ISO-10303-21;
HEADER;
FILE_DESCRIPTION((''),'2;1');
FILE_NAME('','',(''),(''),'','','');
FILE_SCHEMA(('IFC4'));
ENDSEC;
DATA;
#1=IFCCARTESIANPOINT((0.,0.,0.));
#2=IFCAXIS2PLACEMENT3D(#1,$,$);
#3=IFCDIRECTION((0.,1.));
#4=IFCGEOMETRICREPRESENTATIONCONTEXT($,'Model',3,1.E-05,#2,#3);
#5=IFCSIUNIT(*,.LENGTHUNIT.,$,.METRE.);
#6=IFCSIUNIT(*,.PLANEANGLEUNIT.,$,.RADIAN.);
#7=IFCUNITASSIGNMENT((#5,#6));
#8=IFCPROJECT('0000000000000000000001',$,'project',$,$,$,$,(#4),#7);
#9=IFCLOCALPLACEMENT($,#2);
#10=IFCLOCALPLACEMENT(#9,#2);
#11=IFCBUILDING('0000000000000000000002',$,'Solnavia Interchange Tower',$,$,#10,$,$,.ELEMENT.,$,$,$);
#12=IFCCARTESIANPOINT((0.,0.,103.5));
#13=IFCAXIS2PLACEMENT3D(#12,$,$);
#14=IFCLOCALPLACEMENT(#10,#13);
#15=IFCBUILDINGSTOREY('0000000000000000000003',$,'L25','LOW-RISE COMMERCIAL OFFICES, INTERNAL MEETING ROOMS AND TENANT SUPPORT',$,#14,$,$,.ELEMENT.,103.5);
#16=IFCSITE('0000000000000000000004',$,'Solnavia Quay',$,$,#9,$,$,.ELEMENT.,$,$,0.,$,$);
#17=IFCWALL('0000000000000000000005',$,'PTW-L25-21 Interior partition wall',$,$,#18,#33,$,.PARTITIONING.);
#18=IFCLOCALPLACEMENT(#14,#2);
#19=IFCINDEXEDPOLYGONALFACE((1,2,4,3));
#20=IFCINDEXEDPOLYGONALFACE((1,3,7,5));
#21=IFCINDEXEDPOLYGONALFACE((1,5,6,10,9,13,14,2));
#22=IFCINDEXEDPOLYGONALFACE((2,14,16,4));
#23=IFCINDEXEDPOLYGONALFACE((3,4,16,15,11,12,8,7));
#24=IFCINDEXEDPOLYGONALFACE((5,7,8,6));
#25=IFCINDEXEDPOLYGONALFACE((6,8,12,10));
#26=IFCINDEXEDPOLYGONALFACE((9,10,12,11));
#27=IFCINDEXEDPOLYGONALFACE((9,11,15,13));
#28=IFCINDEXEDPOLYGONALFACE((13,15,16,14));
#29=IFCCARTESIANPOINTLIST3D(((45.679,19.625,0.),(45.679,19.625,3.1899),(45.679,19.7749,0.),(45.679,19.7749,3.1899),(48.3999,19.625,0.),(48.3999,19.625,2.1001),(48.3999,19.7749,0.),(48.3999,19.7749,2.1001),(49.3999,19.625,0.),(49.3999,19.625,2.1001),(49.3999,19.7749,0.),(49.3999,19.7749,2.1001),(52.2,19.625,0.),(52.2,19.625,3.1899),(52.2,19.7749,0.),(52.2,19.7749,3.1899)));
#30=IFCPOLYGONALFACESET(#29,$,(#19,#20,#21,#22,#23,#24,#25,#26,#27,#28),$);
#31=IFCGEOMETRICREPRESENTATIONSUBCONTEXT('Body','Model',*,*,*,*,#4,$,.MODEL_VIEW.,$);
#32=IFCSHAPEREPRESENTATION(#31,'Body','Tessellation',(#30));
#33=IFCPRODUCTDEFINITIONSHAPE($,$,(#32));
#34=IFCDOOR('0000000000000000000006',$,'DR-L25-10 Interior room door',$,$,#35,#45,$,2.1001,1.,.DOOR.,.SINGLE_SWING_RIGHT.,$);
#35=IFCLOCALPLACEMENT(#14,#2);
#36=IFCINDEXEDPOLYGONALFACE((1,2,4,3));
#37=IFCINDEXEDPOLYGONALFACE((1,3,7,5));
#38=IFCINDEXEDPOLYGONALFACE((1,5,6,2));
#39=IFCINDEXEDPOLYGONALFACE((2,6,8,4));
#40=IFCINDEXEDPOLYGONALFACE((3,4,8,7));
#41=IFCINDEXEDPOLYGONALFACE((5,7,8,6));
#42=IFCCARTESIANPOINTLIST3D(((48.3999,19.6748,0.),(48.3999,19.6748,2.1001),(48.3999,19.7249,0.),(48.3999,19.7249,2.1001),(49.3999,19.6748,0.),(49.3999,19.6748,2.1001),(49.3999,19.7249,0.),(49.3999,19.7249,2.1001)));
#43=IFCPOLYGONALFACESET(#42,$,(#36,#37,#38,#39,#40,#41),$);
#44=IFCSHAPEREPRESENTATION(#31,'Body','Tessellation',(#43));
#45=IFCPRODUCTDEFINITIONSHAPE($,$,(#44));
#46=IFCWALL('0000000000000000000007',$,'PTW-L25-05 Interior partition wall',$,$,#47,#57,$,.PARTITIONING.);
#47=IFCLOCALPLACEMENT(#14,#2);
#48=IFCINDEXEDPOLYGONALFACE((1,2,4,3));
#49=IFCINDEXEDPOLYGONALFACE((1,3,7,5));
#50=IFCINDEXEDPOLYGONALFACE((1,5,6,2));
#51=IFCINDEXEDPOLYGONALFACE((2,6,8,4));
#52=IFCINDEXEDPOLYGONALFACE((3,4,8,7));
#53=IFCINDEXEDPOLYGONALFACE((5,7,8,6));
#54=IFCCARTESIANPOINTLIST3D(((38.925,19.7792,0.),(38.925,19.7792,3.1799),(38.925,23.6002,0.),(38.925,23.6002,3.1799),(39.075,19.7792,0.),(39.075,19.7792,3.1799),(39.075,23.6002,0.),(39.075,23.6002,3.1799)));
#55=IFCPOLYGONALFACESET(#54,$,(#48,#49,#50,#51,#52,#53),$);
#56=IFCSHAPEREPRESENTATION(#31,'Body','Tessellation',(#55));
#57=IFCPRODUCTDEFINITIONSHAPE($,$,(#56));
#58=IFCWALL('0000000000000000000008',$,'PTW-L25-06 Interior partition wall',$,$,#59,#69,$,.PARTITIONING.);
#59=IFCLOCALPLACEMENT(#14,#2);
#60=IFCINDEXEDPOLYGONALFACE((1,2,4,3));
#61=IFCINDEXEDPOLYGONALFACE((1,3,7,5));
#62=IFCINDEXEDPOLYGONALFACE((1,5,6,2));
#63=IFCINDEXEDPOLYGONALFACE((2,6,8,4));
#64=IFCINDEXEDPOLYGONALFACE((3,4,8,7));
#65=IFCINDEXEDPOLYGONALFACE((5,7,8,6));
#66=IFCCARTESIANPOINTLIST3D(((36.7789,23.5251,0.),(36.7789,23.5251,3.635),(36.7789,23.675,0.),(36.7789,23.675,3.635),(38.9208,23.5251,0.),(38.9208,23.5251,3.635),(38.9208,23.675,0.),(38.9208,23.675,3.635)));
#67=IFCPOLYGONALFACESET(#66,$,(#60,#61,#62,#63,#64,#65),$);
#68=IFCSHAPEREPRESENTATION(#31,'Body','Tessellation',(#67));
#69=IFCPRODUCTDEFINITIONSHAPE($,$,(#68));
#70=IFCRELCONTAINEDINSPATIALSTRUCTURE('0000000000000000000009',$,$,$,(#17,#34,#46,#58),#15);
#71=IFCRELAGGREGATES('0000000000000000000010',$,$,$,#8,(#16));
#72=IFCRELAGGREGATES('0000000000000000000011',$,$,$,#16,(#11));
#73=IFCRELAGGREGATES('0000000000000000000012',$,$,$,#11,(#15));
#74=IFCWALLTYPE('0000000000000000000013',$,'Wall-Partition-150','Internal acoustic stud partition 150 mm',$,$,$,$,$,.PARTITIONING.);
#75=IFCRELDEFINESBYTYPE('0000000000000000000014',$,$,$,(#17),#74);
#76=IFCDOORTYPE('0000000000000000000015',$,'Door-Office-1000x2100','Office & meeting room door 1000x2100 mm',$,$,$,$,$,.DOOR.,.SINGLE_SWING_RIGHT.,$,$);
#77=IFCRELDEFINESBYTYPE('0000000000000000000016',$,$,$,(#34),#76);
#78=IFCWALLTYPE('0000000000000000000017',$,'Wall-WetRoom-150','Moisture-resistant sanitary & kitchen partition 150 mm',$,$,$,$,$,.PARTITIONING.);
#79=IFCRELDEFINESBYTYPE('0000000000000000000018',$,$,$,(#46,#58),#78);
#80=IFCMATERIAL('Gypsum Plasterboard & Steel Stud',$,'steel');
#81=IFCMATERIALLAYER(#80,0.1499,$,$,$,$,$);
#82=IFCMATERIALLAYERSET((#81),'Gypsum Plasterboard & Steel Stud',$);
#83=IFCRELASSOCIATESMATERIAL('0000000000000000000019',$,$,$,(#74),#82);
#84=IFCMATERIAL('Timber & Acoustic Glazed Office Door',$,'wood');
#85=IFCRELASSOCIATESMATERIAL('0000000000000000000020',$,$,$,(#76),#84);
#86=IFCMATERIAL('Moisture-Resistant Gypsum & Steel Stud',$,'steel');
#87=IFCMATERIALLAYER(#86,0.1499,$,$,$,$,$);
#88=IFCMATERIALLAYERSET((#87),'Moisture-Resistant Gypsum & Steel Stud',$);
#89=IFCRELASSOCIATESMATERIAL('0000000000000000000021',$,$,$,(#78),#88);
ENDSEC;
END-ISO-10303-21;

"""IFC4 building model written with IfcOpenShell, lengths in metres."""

from ifc_helpers import new_model, si_unit, direction, frame, frame_2d, origin, place, context, subcontext, project, spatial, rectangle, extrude, material, layer, layer_set, type_object, element, fill, save


model = new_model("IFC4")

# Units and contexts
model_context = context("Model", 3, precision=1e-05, world=origin(), true_north=direction((0.0, 1.0)))
body_context = subcontext(model_context, "Body", "Model", "MODEL_VIEW")
ifc_project = project(units=[si_unit("LENGTHUNIT", "METRE"), si_unit("PLANEANGLEUNIT", "RADIAN")], contexts=[model_context])

# Site, building, storey
site_placement = place(None, origin())
site = spatial("IfcSite", under=ifc_project, at=site_placement, Name="Solnavia Quay", CompositionType="ELEMENT", RefElevation=0.0)
building_placement = place(site_placement, origin())
building = spatial("IfcBuilding", under=site, at=building_placement, Name="Solnavia Interchange Tower", CompositionType="ELEMENT")
storey_placement = place(building_placement, frame((0.0, 0.0, 103.5)))
storey = spatial("IfcBuildingStorey", under=building, at=storey_placement, Name="L25", Description="LOW-RISE COMMERCIAL OFFICES, INTERNAL MEETING ROOMS AND TENANT SUPPORT", CompositionType="ELEMENT", Elevation=103.5)

# Shared definitions
ifc_material_1 = material(Name="Gypsum Plasterboard & Steel Stud", Category="steel")
ifc_layer_1 = layer(ifc_material_1, 0.1499)
ifc_layer_set_1 = layer_set([ifc_layer_1], Name="Gypsum Plasterboard & Steel Stud")
wall_type_1 = type_object("IfcWallType", Name="Wall-Partition-150", Description="Internal acoustic stud partition 150 mm", PredefinedType="PARTITIONING", material=ifc_layer_set_1)
ifc_material_2 = material(Name="Timber & Acoustic Glazed Office Door", Category="wood")
door_type = type_object("IfcDoorType", Name="Door-Office-1000x2100", Description="Office & meeting room door 1000x2100 mm", OperationType="SINGLE_SWING_RIGHT", PredefinedType="DOOR", material=ifc_material_2)

# Wall, opening, door
wall_1_placement = place(storey_placement, frame((45.679, 19.7, 0.0), z_axis=(0.0, 0.0, 1.0), x_axis=(1.0, 0.0, 0.0)))
wall_1 = element("IfcWall", 1, at=wall_1_placement, inside=storey, type_object=wall_type_1, Name="PTW-L25-21 Interior partition wall", PredefinedType="PARTITIONING", context=body_context, shape_type="SweptSolid", body=[
    extrude(rectangle(XDim=6.521, YDim=0.1499, at=frame_2d((3.2605, 0.0))), origin(), (0.0, 0.0, 1.0), 3.1899),
])
opening_1_placement = place(wall_1_placement, frame((2.7209, 0.0, 0.0)))
opening_1 = element("IfcOpeningElement", 2, at=opening_1_placement, cuts=wall_1, PredefinedType="OPENING", context=body_context, shape_type="SweptSolid", body=[
    extrude(rectangle(XDim=1.0, YDim=2.1001, at=frame_2d((0.5, 1.05))), frame((0.0, 0.085, 0.0), z_axis=(0.0, -1.0, 0.0), x_axis=(1.0, 0.0, 0.0)), (0.0, 0.0, 1.0), 0.1699),
])
door_1_placement = place(opening_1_placement, origin())
door_1 = element("IfcDoor", 3, at=door_1_placement, inside=storey, type_object=door_type, Name="DR-L25-10 Interior room door", OperationType="SINGLE_SWING_RIGHT", OverallHeight=2.1001, OverallWidth=1.0, PredefinedType="DOOR", context=body_context, shape_type="SweptSolid", body=[
    extrude(rectangle(XDim=1.0, YDim=2.1001, at=frame_2d((0.5, 1.05))), frame((0.0, 0.0249, 0.0), z_axis=(0.0, -1.0, 0.0), x_axis=(1.0, 0.0, 0.0)), (0.0, 0.0, 1.0), 0.05),
])
fill(opening_1, door_1)

# Walls
ifc_material_3 = material(Name="Moisture-Resistant Gypsum & Steel Stud", Category="steel")
ifc_layer_2 = layer(ifc_material_3, 0.1499)
ifc_layer_set_2 = layer_set([ifc_layer_2], Name="Moisture-Resistant Gypsum & Steel Stud")
wall_type_2 = type_object("IfcWallType", Name="Wall-WetRoom-150", Description="Moisture-resistant sanitary & kitchen partition 150 mm", PredefinedType="PARTITIONING", material=ifc_layer_set_2)
wall_2_placement = place(storey_placement, frame((39.0, 19.7791, 0.0), z_axis=(0.0, 0.0, 1.0), x_axis=(0.0, 1.0, 0.0)))
element("IfcWall", 4, at=wall_2_placement, inside=storey, type_object=wall_type_2, Name="PTW-L25-05 Interior partition wall", PredefinedType="PARTITIONING", context=body_context, shape_type="SweptSolid", body=[
    extrude(rectangle(XDim=3.821, YDim=0.1499, at=frame_2d((1.9106, 0.0))), origin(), (0.0, 0.0, 1.0), 3.1799),
])
wall_3_placement = place(storey_placement, frame((36.7791, 23.6001, 0.0), z_axis=(0.0, 0.0, 1.0), x_axis=(1.0, 0.0, 0.0)))
element("IfcWall", 5, at=wall_3_placement, inside=storey, type_object=wall_type_2, Name="PTW-L25-06 Interior partition wall", PredefinedType="PARTITIONING", context=body_context, shape_type="SweptSolid", body=[
    extrude(rectangle(XDim=2.1418, YDim=0.1499, at=frame_2d((1.0708, 0.0))), origin(), (0.0, 0.0, 1.0), 3.635),
])

save(model, "model.ifc")
